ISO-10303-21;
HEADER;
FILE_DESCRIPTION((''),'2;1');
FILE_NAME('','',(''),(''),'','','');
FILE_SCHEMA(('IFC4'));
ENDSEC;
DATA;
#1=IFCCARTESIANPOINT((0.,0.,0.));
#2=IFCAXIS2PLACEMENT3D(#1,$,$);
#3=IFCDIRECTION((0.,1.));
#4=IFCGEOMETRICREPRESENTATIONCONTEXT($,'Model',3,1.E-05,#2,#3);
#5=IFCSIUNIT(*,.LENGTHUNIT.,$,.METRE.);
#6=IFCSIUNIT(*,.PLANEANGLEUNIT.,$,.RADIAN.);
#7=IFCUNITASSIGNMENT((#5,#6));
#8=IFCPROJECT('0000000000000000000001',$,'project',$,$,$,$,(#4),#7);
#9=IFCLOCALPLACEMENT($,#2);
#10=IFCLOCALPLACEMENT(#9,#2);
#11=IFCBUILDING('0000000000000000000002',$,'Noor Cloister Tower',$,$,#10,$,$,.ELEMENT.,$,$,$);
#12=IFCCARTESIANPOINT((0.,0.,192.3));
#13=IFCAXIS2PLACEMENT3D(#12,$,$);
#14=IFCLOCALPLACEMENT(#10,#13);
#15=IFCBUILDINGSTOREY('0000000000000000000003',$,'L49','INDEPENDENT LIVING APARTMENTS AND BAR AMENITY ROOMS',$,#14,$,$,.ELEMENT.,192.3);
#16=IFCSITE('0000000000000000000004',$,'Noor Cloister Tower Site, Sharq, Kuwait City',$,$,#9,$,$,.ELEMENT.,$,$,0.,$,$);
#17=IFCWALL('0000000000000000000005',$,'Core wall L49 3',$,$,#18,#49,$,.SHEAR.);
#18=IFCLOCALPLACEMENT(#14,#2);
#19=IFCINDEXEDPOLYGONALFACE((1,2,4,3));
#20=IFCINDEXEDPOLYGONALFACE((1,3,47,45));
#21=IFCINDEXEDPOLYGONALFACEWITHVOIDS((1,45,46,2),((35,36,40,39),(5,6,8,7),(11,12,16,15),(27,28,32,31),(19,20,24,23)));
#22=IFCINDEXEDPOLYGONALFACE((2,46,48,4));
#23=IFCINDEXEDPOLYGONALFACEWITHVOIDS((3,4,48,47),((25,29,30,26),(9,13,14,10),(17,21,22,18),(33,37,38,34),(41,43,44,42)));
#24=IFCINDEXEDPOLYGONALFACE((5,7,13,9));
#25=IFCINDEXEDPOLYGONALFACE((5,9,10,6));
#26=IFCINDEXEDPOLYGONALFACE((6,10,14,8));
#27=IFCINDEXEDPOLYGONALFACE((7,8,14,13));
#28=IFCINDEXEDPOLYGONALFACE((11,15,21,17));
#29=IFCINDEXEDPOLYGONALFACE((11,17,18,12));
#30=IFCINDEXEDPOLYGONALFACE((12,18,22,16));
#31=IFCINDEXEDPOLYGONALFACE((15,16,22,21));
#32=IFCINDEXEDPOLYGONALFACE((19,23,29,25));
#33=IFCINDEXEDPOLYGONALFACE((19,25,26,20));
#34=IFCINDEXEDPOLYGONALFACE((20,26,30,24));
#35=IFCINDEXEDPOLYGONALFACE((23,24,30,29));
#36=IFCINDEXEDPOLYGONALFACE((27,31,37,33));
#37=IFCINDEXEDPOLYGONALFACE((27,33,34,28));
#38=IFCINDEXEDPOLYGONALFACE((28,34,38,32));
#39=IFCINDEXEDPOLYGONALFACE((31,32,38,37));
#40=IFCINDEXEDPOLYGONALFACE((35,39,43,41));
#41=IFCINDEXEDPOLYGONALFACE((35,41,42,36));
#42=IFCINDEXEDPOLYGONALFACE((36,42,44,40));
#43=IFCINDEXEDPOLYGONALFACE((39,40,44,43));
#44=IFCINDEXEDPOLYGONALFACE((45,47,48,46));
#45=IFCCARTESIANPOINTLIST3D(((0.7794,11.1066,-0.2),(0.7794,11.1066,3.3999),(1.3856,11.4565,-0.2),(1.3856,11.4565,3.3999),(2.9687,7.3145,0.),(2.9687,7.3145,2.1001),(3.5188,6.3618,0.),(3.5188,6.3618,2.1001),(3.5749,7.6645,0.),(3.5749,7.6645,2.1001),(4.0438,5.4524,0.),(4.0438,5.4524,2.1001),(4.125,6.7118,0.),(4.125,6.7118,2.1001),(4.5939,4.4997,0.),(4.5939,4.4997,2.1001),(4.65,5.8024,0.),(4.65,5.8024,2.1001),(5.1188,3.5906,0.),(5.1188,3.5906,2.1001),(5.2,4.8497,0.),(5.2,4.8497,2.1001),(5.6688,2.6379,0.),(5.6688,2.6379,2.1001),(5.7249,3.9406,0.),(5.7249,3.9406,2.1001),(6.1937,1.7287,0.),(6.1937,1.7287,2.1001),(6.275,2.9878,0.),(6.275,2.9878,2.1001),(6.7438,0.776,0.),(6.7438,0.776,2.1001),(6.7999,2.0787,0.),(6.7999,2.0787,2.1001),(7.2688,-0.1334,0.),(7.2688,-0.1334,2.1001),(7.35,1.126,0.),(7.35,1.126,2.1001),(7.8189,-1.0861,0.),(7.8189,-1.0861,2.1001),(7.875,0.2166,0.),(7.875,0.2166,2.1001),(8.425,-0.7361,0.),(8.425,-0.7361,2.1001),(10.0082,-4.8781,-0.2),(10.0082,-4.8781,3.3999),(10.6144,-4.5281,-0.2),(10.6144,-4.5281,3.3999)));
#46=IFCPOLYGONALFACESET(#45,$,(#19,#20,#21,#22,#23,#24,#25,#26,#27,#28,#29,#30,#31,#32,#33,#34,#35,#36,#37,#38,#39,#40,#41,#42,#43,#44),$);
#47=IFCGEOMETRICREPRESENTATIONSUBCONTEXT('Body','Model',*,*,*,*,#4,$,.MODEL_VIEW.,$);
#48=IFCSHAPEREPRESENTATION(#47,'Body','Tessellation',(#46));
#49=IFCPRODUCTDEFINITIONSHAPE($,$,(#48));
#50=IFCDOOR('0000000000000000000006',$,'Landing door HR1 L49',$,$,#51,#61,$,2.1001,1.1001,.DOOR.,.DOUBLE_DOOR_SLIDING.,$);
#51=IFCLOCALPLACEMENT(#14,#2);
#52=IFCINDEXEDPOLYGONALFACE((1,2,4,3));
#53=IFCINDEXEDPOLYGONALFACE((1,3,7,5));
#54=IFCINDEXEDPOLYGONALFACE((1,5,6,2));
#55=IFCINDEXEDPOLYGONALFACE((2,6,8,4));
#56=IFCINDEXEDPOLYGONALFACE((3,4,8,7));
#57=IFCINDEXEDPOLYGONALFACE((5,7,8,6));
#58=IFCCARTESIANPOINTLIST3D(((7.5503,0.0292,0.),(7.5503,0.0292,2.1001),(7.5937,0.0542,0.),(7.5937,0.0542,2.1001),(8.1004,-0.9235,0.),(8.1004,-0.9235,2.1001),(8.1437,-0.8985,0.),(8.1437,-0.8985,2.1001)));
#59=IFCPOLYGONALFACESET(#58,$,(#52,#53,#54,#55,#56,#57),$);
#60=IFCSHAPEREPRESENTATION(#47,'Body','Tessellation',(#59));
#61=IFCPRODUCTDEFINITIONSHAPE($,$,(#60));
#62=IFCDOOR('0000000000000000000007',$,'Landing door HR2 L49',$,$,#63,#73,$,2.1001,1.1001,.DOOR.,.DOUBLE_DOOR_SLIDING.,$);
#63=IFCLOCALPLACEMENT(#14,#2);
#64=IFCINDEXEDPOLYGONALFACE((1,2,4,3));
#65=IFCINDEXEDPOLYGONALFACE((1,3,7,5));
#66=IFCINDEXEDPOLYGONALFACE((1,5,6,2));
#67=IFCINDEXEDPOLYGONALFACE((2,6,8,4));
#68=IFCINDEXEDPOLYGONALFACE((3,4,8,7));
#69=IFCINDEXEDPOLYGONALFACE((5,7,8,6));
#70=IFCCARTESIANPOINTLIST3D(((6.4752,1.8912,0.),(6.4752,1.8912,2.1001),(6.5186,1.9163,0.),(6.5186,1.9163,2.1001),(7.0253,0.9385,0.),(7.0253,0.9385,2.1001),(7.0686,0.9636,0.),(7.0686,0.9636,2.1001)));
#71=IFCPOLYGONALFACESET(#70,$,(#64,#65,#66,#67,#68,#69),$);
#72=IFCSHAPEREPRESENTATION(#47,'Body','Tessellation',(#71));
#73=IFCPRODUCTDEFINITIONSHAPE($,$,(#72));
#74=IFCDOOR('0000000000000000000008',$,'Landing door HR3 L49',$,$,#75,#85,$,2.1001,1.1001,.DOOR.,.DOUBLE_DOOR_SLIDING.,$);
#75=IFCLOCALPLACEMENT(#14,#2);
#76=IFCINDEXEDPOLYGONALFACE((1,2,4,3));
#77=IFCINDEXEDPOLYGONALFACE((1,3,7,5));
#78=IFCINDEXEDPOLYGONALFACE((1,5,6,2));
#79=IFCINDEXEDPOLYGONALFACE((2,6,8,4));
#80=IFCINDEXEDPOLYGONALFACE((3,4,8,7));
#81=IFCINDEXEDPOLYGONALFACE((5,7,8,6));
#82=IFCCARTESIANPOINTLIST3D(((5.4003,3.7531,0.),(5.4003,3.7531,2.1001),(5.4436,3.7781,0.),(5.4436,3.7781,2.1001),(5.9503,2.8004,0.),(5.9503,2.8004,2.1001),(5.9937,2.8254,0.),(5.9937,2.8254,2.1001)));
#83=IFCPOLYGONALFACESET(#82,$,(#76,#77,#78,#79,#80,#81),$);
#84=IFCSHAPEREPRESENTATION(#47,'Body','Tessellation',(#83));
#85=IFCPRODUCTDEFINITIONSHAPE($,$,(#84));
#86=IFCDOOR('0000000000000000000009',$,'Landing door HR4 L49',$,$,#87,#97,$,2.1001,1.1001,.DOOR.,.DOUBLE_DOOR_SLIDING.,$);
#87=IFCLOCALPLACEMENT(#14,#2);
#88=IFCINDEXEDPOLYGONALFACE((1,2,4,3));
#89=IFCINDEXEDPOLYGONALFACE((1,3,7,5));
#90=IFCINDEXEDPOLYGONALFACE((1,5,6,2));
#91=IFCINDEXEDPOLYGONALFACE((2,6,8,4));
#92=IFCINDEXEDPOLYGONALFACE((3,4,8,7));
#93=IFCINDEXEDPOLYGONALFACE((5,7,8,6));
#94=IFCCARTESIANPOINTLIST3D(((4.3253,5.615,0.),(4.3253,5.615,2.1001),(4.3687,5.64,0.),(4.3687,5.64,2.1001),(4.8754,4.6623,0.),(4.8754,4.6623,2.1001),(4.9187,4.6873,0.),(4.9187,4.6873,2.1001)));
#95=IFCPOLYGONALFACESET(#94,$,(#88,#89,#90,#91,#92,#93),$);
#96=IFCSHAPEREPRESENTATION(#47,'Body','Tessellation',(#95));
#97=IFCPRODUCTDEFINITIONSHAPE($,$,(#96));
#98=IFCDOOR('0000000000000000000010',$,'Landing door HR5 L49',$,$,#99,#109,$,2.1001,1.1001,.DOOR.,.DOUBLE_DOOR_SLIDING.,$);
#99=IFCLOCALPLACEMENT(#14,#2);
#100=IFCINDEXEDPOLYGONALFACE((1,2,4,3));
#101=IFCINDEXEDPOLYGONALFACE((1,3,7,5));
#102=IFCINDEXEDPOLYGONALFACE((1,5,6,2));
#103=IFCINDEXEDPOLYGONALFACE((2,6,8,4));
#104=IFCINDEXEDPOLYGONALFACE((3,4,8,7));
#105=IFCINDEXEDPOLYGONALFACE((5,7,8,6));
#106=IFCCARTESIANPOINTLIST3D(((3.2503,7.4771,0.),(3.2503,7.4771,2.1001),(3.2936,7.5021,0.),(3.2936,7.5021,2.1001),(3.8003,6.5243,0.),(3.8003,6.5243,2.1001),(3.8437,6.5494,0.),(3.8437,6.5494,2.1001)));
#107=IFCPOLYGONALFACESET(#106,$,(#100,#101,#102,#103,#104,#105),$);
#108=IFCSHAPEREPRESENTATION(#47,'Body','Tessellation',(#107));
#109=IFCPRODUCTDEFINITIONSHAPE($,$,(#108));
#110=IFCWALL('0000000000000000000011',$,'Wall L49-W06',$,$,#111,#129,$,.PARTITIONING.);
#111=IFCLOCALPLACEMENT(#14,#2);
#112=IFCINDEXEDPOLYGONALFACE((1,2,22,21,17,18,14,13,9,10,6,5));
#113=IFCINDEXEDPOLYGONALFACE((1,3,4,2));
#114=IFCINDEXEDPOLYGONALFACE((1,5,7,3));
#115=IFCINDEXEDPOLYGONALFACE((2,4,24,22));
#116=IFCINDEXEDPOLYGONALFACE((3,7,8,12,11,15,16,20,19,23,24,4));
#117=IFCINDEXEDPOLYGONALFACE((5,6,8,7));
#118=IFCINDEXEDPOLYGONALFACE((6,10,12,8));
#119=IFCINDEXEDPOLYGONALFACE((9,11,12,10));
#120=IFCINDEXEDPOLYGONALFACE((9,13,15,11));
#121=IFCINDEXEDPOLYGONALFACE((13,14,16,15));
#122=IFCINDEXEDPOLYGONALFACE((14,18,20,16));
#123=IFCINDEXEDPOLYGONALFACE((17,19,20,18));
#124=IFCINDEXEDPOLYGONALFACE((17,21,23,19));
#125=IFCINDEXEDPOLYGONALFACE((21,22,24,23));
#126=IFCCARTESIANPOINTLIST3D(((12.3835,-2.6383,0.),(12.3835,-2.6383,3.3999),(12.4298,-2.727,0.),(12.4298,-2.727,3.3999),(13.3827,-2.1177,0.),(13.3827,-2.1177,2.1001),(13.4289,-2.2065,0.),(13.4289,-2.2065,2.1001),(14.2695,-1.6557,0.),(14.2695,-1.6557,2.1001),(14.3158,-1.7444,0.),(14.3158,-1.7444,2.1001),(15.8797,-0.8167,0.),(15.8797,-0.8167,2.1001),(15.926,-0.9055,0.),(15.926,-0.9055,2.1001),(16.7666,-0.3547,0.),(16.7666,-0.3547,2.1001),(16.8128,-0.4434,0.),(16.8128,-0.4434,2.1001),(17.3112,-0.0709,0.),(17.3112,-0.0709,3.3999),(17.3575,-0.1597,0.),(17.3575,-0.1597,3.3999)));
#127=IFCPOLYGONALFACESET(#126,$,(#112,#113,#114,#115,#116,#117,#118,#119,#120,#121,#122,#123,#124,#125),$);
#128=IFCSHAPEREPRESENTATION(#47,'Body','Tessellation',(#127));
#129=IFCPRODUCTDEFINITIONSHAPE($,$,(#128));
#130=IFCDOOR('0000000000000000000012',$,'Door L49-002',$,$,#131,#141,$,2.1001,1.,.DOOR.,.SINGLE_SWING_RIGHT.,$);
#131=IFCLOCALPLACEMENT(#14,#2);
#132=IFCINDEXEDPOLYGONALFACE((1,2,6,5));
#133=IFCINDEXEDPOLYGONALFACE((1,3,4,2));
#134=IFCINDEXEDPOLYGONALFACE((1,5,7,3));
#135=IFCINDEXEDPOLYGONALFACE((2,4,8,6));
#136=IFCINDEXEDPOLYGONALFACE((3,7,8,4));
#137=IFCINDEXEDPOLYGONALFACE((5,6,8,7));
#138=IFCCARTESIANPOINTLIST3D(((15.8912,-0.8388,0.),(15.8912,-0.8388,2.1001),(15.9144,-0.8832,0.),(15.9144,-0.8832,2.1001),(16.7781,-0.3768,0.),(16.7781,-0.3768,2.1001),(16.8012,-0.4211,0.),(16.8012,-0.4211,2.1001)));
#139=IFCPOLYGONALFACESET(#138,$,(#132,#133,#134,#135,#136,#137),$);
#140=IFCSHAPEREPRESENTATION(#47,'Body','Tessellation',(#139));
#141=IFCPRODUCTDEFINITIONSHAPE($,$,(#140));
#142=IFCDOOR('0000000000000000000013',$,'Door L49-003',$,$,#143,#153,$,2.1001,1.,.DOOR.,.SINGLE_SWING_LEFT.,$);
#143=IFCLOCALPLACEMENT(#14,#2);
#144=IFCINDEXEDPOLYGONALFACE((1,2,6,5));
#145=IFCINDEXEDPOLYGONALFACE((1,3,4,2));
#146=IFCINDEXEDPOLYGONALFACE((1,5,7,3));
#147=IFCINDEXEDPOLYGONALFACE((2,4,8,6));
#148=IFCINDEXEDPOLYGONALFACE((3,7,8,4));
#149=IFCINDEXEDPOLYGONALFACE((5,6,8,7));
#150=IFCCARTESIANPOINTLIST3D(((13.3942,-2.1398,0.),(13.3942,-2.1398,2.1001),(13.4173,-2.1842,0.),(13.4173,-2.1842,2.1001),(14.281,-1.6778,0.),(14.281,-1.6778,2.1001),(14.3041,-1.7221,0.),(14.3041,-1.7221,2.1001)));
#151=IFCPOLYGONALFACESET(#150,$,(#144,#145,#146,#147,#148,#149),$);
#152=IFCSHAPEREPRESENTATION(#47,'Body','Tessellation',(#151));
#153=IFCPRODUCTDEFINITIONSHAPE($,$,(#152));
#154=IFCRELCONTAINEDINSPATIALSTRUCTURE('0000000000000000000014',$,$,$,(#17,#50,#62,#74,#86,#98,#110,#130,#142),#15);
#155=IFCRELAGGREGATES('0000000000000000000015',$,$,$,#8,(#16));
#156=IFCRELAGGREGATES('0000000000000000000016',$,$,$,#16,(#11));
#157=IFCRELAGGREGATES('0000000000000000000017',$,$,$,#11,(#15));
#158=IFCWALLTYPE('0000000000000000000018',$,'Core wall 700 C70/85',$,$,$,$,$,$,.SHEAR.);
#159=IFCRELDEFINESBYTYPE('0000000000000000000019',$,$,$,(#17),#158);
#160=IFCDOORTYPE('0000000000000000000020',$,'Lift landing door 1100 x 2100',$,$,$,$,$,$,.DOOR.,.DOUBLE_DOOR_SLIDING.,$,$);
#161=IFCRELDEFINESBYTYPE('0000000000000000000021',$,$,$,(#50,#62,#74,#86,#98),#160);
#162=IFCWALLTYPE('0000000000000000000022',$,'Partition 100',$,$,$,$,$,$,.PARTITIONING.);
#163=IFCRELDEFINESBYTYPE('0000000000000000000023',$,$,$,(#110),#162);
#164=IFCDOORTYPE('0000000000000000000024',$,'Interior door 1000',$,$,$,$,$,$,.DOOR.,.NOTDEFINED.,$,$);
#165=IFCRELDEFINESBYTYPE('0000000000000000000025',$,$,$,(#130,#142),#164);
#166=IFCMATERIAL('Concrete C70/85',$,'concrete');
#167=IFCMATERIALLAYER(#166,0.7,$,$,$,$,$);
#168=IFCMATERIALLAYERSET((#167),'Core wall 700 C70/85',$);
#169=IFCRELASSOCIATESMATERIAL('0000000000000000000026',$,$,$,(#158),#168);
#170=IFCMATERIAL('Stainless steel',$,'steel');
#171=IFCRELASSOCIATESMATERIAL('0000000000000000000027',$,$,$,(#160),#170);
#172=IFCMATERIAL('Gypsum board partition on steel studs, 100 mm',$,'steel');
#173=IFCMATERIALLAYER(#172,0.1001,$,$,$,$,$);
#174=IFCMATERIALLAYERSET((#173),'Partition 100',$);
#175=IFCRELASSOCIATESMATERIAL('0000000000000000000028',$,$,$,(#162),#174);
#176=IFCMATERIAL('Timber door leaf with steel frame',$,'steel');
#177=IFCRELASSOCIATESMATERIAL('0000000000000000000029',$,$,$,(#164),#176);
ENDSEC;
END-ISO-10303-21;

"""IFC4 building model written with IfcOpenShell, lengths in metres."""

from ifc_helpers import new_model, si_unit, direction, frame, frame_2d, origin, place, context, subcontext, project, spatial, rectangle, extrude, material, layer, layer_set, type_object, element, fill, save


model = new_model("IFC4")

# Units and contexts
model_context = context("Model", 3, precision=1e-05, world=origin(), true_north=direction((0.0, 1.0)))
body_context = subcontext(model_context, "Body", "Model", "MODEL_VIEW")
ifc_project = project(units=[si_unit("LENGTHUNIT", "METRE"), si_unit("PLANEANGLEUNIT", "RADIAN")], contexts=[model_context])

# Site, building, storey
site_placement = place(None, origin())
site = spatial("IfcSite", under=ifc_project, at=site_placement, Name="Noor Cloister Tower Site, Sharq, Kuwait City", CompositionType="ELEMENT", RefElevation=0.0)
building_placement = place(site_placement, origin())
building = spatial("IfcBuilding", under=site, at=building_placement, Name="Noor Cloister Tower", CompositionType="ELEMENT")
storey_placement = place(building_placement, frame((0.0, 0.0, 192.3)))
storey = spatial("IfcBuildingStorey", under=building, at=storey_placement, Name="L49", Description="INDEPENDENT LIVING APARTMENTS AND BAR AMENITY ROOMS", CompositionType="ELEMENT", Elevation=192.3)

# Walls, openings, doors
ifc_material_1 = material(Name="Concrete C70/85", Category="concrete")
ifc_layer_1 = layer(ifc_material_1, 0.7)
ifc_layer_set_1 = layer_set([ifc_layer_1], Name="Core wall 700 C70/85")
wall_type_1 = type_object("IfcWallType", Name="Core wall 700 C70/85", PredefinedType="SHEAR", material=ifc_layer_set_1)
wall_1_placement = place(storey_placement, frame((10.3113, -4.7031, -0.2), z_axis=(0.0, 0.0, 1.0), x_axis=(-0.500001, 0.866025, 0.0)))
wall_1 = element("IfcWall", 1, at=wall_1_placement, inside=storey, type_object=wall_type_1, Name="Core wall L49 3", PredefinedType="SHEAR", context=body_context, shape_type="SweptSolid", body=[
    extrude(rectangle(XDim=18.4575, YDim=0.7, at=frame_2d((9.2288, 0.0))), origin(), (0.0, 0.0, 1.0), 3.5999),
])
opening_1_placement = place(wall_1_placement, frame((4.3787, 0.0, 0.2)))
opening_1 = element("IfcOpeningElement", 2, at=opening_1_placement, cuts=wall_1, PredefinedType="OPENING", context=body_context, shape_type="SweptSolid", body=[
    extrude(rectangle(XDim=1.1001, YDim=2.1001, at=frame_2d((0.55, 1.05))), frame((0.0, 0.3599, 0.0), z_axis=(0.0, -1.0, 0.0), x_axis=(1.0, 0.0, 0.0)), (0.0, 0.0, 1.0), 0.72),
])
opening_2_placement = place(wall_1_placement, frame((6.5288, 0.0, 0.2)))
opening_2 = element("IfcOpeningElement", 3, at=opening_2_placement, cuts=wall_1, PredefinedType="OPENING", context=body_context, shape_type="SweptSolid", body=[
    extrude(rectangle(XDim=1.1001, YDim=2.1001, at=frame_2d((0.55, 1.05))), frame((0.0, 0.3599, 0.0), z_axis=(0.0, -1.0, 0.0), x_axis=(1.0, 0.0, 0.0)), (0.0, 0.0, 1.0), 0.72),
])
opening_3_placement = place(wall_1_placement, frame((8.6787, 0.0, 0.2)))
opening_3 = element("IfcOpeningElement", 4, at=opening_3_placement, cuts=wall_1, PredefinedType="OPENING", context=body_context, shape_type="SweptSolid", body=[
    extrude(rectangle(XDim=1.1001, YDim=2.1001, at=frame_2d((0.55, 1.05))), frame((0.0, 0.3599, 0.0), z_axis=(0.0, -1.0, 0.0), x_axis=(1.0, 0.0, 0.0)), (0.0, 0.0, 1.0), 0.72),
])
opening_4_placement = place(wall_1_placement, frame((10.8286, 0.0, 0.2)))
opening_4 = element("IfcOpeningElement", 5, at=opening_4_placement, cuts=wall_1, PredefinedType="OPENING", context=body_context, shape_type="SweptSolid", body=[
    extrude(rectangle(XDim=1.1001, YDim=2.1001, at=frame_2d((0.55, 1.05))), frame((0.0, 0.3599, 0.0), z_axis=(0.0, -1.0, 0.0), x_axis=(1.0, 0.0, 0.0)), (0.0, 0.0, 1.0), 0.72),
])
opening_5_placement = place(wall_1_placement, frame((12.9788, 0.0, 0.2)))
opening_5 = element("IfcOpeningElement", 6, at=opening_5_placement, cuts=wall_1, PredefinedType="OPENING", context=body_context, shape_type="SweptSolid", body=[
    extrude(rectangle(XDim=1.1001, YDim=2.1001, at=frame_2d((0.55, 1.05))), frame((0.0, 0.3599, 0.0), z_axis=(0.0, -1.0, 0.0), x_axis=(1.0, 0.0, 0.0)), (0.0, 0.0, 1.0), 0.72),
])
ifc_material_2 = material(Name="Stainless steel", Category="steel")
door_type_1 = type_object("IfcDoorType", Name="Lift landing door 1100 x 2100", OperationType="DOUBLE_DOOR_SLIDING", PredefinedType="DOOR", material=ifc_material_2)
door_1_placement = place(opening_1_placement, origin())
door_1 = element("IfcDoor", 7, at=door_1_placement, inside=storey, type_object=door_type_1, Name="Landing door HR1 L49", OperationType="DOUBLE_DOOR_SLIDING", OverallHeight=2.1001, OverallWidth=1.1001, PredefinedType="DOOR", context=body_context, shape_type="SweptSolid", body=[
    extrude(rectangle(XDim=1.1001, YDim=2.1001, at=frame_2d((0.55, 1.05))), frame((0.0, 0.0249, 0.0), z_axis=(0.0, -1.0, 0.0), x_axis=(1.0, 0.0, 0.0)), (0.0, 0.0, 1.0), 0.05),
])
fill(opening_1, door_1)
door_2_placement = place(opening_2_placement, origin())
door_2 = element("IfcDoor", 8, at=door_2_placement, inside=storey, type_object=door_type_1, Name="Landing door HR2 L49", OperationType="DOUBLE_DOOR_SLIDING", OverallHeight=2.1001, OverallWidth=1.1001, PredefinedType="DOOR", context=body_context, shape_type="SweptSolid", body=[
    extrude(rectangle(XDim=1.1001, YDim=2.1001, at=frame_2d((0.55, 1.05))), frame((0.0, 0.0249, 0.0), z_axis=(0.0, -1.0, 0.0), x_axis=(1.0, 0.0, 0.0)), (0.0, 0.0, 1.0), 0.05),
])
fill(opening_2, door_2)
door_3_placement = place(opening_3_placement, origin())
door_3 = element("IfcDoor", 9, at=door_3_placement, inside=storey, type_object=door_type_1, Name="Landing door HR3 L49", OperationType="DOUBLE_DOOR_SLIDING", OverallHeight=2.1001, OverallWidth=1.1001, PredefinedType="DOOR", context=body_context, shape_type="SweptSolid", body=[
    extrude(rectangle(XDim=1.1001, YDim=2.1001, at=frame_2d((0.55, 1.05))), frame((0.0, 0.0249, 0.0), z_axis=(0.0, -1.0, 0.0), x_axis=(1.0, 0.0, 0.0)), (0.0, 0.0, 1.0), 0.05),
])
fill(opening_3, door_3)
door_4_placement = place(opening_4_placement, origin())
door_4 = element("IfcDoor", 10, at=door_4_placement, inside=storey, type_object=door_type_1, Name="Landing door HR4 L49", OperationType="DOUBLE_DOOR_SLIDING", OverallHeight=2.1001, OverallWidth=1.1001, PredefinedType="DOOR", context=body_context, shape_type="SweptSolid", body=[
    extrude(rectangle(XDim=1.1001, YDim=2.1001, at=frame_2d((0.55, 1.05))), frame((0.0, 0.0249, 0.0), z_axis=(0.0, -1.0, 0.0), x_axis=(1.0, 0.0, 0.0)), (0.0, 0.0, 1.0), 0.05),
])
fill(opening_4, door_4)
door_5_placement = place(opening_5_placement, origin())
door_5 = element("IfcDoor", 11, at=door_5_placement, inside=storey, type_object=door_type_1, Name="Landing door HR5 L49", OperationType="DOUBLE_DOOR_SLIDING", OverallHeight=2.1001, OverallWidth=1.1001, PredefinedType="DOOR", context=body_context, shape_type="SweptSolid", body=[
    extrude(rectangle(XDim=1.1001, YDim=2.1001, at=frame_2d((0.55, 1.05))), frame((0.0, 0.0249, 0.0), z_axis=(0.0, -1.0, 0.0), x_axis=(1.0, 0.0, 0.0)), (0.0, 0.0, 1.0), 0.05),
])
fill(opening_5, door_5)
ifc_material_3 = material(Name="Gypsum board partition on steel studs, 100 mm", Category="steel")
ifc_layer_2 = layer(ifc_material_3, 0.1001)
ifc_layer_set_2 = layer_set([ifc_layer_2], Name="Partition 100")
wall_type_2 = type_object("IfcWallType", Name="Partition 100", PredefinedType="PARTITIONING", material=ifc_layer_set_2)
wall_2_placement = place(storey_placement, frame((17.3345, -0.1152, 0.0), z_axis=(0.0, 0.0, 1.0), x_axis=(-0.886851, -0.462055, 0.0)))
wall_2 = element("IfcWall", 12, at=wall_2_placement, inside=storey, type_object=wall_type_2, Name="Wall L49-W06", PredefinedType="PARTITIONING", context=body_context, shape_type="SweptSolid", body=[
    extrude(rectangle(XDim=5.5564, YDim=0.1001, at=frame_2d((2.7783, 0.0))), origin(), (0.0, 0.0, 1.0), 3.3999),
])
opening_6_placement = place(wall_2_placement, frame((0.6143, 0.0, 0.0)))
opening_6 = element("IfcOpeningElement", 13, at=opening_6_placement, cuts=wall_2, PredefinedType="OPENING", context=body_context, shape_type="SweptSolid", body=[
    extrude(rectangle(XDim=1.0, YDim=2.1001, at=frame_2d((0.5, 1.05))), frame((0.0, 0.0601, 0.0), z_axis=(0.0, -1.0, 0.0), x_axis=(1.0, 0.0, 0.0)), (0.0, 0.0, 1.0), 0.1201),
])
opening_7_placement = place(wall_2_placement, frame((3.4299, 0.0, 0.0)))
opening_7 = element("IfcOpeningElement", 14, at=opening_7_placement, cuts=wall_2, PredefinedType="OPENING", context=body_context, shape_type="SweptSolid", body=[
    extrude(rectangle(XDim=1.0, YDim=2.1001, at=frame_2d((0.5, 1.05))), frame((0.0, 0.0601, 0.0), z_axis=(0.0, -1.0, 0.0), x_axis=(1.0, 0.0, 0.0)), (0.0, 0.0, 1.0), 0.1201),
])
ifc_material_4 = material(Name="Timber door leaf with steel frame", Category="steel")
door_type_2 = type_object("IfcDoorType", Name="Interior door 1000", OperationType="NOTDEFINED", PredefinedType="DOOR", material=ifc_material_4)
door_6_placement = place(opening_6_placement, origin())
door_6 = element("IfcDoor", 15, at=door_6_placement, inside=storey, type_object=door_type_2, Name="Door L49-002", OperationType="SINGLE_SWING_RIGHT", OverallHeight=2.1001, OverallWidth=1.0, PredefinedType="DOOR", context=body_context, shape_type="SweptSolid", body=[
    extrude(rectangle(XDim=1.0, YDim=2.1001, at=frame_2d((0.5, 1.05))), frame((0.0, 0.0249, 0.0), z_axis=(0.0, -1.0, 0.0), x_axis=(1.0, 0.0, 0.0)), (0.0, 0.0, 1.0), 0.05),
])
fill(opening_6, door_6)
door_7_placement = place(opening_7_placement, origin())
door_7 = element("IfcDoor", 16, at=door_7_placement, inside=storey, type_object=door_type_2, Name="Door L49-003", OperationType="SINGLE_SWING_LEFT", OverallHeight=2.1001, OverallWidth=1.0, PredefinedType="DOOR", context=body_context, shape_type="SweptSolid", body=[
    extrude(rectangle(XDim=1.0, YDim=2.1001, at=frame_2d((0.5, 1.05))), frame((0.0, 0.0249, 0.0), z_axis=(0.0, -1.0, 0.0), x_axis=(1.0, 0.0, 0.0)), (0.0, 0.0, 1.0), 0.05),
])
fill(opening_7, door_7)

save(model, "model.ifc")
